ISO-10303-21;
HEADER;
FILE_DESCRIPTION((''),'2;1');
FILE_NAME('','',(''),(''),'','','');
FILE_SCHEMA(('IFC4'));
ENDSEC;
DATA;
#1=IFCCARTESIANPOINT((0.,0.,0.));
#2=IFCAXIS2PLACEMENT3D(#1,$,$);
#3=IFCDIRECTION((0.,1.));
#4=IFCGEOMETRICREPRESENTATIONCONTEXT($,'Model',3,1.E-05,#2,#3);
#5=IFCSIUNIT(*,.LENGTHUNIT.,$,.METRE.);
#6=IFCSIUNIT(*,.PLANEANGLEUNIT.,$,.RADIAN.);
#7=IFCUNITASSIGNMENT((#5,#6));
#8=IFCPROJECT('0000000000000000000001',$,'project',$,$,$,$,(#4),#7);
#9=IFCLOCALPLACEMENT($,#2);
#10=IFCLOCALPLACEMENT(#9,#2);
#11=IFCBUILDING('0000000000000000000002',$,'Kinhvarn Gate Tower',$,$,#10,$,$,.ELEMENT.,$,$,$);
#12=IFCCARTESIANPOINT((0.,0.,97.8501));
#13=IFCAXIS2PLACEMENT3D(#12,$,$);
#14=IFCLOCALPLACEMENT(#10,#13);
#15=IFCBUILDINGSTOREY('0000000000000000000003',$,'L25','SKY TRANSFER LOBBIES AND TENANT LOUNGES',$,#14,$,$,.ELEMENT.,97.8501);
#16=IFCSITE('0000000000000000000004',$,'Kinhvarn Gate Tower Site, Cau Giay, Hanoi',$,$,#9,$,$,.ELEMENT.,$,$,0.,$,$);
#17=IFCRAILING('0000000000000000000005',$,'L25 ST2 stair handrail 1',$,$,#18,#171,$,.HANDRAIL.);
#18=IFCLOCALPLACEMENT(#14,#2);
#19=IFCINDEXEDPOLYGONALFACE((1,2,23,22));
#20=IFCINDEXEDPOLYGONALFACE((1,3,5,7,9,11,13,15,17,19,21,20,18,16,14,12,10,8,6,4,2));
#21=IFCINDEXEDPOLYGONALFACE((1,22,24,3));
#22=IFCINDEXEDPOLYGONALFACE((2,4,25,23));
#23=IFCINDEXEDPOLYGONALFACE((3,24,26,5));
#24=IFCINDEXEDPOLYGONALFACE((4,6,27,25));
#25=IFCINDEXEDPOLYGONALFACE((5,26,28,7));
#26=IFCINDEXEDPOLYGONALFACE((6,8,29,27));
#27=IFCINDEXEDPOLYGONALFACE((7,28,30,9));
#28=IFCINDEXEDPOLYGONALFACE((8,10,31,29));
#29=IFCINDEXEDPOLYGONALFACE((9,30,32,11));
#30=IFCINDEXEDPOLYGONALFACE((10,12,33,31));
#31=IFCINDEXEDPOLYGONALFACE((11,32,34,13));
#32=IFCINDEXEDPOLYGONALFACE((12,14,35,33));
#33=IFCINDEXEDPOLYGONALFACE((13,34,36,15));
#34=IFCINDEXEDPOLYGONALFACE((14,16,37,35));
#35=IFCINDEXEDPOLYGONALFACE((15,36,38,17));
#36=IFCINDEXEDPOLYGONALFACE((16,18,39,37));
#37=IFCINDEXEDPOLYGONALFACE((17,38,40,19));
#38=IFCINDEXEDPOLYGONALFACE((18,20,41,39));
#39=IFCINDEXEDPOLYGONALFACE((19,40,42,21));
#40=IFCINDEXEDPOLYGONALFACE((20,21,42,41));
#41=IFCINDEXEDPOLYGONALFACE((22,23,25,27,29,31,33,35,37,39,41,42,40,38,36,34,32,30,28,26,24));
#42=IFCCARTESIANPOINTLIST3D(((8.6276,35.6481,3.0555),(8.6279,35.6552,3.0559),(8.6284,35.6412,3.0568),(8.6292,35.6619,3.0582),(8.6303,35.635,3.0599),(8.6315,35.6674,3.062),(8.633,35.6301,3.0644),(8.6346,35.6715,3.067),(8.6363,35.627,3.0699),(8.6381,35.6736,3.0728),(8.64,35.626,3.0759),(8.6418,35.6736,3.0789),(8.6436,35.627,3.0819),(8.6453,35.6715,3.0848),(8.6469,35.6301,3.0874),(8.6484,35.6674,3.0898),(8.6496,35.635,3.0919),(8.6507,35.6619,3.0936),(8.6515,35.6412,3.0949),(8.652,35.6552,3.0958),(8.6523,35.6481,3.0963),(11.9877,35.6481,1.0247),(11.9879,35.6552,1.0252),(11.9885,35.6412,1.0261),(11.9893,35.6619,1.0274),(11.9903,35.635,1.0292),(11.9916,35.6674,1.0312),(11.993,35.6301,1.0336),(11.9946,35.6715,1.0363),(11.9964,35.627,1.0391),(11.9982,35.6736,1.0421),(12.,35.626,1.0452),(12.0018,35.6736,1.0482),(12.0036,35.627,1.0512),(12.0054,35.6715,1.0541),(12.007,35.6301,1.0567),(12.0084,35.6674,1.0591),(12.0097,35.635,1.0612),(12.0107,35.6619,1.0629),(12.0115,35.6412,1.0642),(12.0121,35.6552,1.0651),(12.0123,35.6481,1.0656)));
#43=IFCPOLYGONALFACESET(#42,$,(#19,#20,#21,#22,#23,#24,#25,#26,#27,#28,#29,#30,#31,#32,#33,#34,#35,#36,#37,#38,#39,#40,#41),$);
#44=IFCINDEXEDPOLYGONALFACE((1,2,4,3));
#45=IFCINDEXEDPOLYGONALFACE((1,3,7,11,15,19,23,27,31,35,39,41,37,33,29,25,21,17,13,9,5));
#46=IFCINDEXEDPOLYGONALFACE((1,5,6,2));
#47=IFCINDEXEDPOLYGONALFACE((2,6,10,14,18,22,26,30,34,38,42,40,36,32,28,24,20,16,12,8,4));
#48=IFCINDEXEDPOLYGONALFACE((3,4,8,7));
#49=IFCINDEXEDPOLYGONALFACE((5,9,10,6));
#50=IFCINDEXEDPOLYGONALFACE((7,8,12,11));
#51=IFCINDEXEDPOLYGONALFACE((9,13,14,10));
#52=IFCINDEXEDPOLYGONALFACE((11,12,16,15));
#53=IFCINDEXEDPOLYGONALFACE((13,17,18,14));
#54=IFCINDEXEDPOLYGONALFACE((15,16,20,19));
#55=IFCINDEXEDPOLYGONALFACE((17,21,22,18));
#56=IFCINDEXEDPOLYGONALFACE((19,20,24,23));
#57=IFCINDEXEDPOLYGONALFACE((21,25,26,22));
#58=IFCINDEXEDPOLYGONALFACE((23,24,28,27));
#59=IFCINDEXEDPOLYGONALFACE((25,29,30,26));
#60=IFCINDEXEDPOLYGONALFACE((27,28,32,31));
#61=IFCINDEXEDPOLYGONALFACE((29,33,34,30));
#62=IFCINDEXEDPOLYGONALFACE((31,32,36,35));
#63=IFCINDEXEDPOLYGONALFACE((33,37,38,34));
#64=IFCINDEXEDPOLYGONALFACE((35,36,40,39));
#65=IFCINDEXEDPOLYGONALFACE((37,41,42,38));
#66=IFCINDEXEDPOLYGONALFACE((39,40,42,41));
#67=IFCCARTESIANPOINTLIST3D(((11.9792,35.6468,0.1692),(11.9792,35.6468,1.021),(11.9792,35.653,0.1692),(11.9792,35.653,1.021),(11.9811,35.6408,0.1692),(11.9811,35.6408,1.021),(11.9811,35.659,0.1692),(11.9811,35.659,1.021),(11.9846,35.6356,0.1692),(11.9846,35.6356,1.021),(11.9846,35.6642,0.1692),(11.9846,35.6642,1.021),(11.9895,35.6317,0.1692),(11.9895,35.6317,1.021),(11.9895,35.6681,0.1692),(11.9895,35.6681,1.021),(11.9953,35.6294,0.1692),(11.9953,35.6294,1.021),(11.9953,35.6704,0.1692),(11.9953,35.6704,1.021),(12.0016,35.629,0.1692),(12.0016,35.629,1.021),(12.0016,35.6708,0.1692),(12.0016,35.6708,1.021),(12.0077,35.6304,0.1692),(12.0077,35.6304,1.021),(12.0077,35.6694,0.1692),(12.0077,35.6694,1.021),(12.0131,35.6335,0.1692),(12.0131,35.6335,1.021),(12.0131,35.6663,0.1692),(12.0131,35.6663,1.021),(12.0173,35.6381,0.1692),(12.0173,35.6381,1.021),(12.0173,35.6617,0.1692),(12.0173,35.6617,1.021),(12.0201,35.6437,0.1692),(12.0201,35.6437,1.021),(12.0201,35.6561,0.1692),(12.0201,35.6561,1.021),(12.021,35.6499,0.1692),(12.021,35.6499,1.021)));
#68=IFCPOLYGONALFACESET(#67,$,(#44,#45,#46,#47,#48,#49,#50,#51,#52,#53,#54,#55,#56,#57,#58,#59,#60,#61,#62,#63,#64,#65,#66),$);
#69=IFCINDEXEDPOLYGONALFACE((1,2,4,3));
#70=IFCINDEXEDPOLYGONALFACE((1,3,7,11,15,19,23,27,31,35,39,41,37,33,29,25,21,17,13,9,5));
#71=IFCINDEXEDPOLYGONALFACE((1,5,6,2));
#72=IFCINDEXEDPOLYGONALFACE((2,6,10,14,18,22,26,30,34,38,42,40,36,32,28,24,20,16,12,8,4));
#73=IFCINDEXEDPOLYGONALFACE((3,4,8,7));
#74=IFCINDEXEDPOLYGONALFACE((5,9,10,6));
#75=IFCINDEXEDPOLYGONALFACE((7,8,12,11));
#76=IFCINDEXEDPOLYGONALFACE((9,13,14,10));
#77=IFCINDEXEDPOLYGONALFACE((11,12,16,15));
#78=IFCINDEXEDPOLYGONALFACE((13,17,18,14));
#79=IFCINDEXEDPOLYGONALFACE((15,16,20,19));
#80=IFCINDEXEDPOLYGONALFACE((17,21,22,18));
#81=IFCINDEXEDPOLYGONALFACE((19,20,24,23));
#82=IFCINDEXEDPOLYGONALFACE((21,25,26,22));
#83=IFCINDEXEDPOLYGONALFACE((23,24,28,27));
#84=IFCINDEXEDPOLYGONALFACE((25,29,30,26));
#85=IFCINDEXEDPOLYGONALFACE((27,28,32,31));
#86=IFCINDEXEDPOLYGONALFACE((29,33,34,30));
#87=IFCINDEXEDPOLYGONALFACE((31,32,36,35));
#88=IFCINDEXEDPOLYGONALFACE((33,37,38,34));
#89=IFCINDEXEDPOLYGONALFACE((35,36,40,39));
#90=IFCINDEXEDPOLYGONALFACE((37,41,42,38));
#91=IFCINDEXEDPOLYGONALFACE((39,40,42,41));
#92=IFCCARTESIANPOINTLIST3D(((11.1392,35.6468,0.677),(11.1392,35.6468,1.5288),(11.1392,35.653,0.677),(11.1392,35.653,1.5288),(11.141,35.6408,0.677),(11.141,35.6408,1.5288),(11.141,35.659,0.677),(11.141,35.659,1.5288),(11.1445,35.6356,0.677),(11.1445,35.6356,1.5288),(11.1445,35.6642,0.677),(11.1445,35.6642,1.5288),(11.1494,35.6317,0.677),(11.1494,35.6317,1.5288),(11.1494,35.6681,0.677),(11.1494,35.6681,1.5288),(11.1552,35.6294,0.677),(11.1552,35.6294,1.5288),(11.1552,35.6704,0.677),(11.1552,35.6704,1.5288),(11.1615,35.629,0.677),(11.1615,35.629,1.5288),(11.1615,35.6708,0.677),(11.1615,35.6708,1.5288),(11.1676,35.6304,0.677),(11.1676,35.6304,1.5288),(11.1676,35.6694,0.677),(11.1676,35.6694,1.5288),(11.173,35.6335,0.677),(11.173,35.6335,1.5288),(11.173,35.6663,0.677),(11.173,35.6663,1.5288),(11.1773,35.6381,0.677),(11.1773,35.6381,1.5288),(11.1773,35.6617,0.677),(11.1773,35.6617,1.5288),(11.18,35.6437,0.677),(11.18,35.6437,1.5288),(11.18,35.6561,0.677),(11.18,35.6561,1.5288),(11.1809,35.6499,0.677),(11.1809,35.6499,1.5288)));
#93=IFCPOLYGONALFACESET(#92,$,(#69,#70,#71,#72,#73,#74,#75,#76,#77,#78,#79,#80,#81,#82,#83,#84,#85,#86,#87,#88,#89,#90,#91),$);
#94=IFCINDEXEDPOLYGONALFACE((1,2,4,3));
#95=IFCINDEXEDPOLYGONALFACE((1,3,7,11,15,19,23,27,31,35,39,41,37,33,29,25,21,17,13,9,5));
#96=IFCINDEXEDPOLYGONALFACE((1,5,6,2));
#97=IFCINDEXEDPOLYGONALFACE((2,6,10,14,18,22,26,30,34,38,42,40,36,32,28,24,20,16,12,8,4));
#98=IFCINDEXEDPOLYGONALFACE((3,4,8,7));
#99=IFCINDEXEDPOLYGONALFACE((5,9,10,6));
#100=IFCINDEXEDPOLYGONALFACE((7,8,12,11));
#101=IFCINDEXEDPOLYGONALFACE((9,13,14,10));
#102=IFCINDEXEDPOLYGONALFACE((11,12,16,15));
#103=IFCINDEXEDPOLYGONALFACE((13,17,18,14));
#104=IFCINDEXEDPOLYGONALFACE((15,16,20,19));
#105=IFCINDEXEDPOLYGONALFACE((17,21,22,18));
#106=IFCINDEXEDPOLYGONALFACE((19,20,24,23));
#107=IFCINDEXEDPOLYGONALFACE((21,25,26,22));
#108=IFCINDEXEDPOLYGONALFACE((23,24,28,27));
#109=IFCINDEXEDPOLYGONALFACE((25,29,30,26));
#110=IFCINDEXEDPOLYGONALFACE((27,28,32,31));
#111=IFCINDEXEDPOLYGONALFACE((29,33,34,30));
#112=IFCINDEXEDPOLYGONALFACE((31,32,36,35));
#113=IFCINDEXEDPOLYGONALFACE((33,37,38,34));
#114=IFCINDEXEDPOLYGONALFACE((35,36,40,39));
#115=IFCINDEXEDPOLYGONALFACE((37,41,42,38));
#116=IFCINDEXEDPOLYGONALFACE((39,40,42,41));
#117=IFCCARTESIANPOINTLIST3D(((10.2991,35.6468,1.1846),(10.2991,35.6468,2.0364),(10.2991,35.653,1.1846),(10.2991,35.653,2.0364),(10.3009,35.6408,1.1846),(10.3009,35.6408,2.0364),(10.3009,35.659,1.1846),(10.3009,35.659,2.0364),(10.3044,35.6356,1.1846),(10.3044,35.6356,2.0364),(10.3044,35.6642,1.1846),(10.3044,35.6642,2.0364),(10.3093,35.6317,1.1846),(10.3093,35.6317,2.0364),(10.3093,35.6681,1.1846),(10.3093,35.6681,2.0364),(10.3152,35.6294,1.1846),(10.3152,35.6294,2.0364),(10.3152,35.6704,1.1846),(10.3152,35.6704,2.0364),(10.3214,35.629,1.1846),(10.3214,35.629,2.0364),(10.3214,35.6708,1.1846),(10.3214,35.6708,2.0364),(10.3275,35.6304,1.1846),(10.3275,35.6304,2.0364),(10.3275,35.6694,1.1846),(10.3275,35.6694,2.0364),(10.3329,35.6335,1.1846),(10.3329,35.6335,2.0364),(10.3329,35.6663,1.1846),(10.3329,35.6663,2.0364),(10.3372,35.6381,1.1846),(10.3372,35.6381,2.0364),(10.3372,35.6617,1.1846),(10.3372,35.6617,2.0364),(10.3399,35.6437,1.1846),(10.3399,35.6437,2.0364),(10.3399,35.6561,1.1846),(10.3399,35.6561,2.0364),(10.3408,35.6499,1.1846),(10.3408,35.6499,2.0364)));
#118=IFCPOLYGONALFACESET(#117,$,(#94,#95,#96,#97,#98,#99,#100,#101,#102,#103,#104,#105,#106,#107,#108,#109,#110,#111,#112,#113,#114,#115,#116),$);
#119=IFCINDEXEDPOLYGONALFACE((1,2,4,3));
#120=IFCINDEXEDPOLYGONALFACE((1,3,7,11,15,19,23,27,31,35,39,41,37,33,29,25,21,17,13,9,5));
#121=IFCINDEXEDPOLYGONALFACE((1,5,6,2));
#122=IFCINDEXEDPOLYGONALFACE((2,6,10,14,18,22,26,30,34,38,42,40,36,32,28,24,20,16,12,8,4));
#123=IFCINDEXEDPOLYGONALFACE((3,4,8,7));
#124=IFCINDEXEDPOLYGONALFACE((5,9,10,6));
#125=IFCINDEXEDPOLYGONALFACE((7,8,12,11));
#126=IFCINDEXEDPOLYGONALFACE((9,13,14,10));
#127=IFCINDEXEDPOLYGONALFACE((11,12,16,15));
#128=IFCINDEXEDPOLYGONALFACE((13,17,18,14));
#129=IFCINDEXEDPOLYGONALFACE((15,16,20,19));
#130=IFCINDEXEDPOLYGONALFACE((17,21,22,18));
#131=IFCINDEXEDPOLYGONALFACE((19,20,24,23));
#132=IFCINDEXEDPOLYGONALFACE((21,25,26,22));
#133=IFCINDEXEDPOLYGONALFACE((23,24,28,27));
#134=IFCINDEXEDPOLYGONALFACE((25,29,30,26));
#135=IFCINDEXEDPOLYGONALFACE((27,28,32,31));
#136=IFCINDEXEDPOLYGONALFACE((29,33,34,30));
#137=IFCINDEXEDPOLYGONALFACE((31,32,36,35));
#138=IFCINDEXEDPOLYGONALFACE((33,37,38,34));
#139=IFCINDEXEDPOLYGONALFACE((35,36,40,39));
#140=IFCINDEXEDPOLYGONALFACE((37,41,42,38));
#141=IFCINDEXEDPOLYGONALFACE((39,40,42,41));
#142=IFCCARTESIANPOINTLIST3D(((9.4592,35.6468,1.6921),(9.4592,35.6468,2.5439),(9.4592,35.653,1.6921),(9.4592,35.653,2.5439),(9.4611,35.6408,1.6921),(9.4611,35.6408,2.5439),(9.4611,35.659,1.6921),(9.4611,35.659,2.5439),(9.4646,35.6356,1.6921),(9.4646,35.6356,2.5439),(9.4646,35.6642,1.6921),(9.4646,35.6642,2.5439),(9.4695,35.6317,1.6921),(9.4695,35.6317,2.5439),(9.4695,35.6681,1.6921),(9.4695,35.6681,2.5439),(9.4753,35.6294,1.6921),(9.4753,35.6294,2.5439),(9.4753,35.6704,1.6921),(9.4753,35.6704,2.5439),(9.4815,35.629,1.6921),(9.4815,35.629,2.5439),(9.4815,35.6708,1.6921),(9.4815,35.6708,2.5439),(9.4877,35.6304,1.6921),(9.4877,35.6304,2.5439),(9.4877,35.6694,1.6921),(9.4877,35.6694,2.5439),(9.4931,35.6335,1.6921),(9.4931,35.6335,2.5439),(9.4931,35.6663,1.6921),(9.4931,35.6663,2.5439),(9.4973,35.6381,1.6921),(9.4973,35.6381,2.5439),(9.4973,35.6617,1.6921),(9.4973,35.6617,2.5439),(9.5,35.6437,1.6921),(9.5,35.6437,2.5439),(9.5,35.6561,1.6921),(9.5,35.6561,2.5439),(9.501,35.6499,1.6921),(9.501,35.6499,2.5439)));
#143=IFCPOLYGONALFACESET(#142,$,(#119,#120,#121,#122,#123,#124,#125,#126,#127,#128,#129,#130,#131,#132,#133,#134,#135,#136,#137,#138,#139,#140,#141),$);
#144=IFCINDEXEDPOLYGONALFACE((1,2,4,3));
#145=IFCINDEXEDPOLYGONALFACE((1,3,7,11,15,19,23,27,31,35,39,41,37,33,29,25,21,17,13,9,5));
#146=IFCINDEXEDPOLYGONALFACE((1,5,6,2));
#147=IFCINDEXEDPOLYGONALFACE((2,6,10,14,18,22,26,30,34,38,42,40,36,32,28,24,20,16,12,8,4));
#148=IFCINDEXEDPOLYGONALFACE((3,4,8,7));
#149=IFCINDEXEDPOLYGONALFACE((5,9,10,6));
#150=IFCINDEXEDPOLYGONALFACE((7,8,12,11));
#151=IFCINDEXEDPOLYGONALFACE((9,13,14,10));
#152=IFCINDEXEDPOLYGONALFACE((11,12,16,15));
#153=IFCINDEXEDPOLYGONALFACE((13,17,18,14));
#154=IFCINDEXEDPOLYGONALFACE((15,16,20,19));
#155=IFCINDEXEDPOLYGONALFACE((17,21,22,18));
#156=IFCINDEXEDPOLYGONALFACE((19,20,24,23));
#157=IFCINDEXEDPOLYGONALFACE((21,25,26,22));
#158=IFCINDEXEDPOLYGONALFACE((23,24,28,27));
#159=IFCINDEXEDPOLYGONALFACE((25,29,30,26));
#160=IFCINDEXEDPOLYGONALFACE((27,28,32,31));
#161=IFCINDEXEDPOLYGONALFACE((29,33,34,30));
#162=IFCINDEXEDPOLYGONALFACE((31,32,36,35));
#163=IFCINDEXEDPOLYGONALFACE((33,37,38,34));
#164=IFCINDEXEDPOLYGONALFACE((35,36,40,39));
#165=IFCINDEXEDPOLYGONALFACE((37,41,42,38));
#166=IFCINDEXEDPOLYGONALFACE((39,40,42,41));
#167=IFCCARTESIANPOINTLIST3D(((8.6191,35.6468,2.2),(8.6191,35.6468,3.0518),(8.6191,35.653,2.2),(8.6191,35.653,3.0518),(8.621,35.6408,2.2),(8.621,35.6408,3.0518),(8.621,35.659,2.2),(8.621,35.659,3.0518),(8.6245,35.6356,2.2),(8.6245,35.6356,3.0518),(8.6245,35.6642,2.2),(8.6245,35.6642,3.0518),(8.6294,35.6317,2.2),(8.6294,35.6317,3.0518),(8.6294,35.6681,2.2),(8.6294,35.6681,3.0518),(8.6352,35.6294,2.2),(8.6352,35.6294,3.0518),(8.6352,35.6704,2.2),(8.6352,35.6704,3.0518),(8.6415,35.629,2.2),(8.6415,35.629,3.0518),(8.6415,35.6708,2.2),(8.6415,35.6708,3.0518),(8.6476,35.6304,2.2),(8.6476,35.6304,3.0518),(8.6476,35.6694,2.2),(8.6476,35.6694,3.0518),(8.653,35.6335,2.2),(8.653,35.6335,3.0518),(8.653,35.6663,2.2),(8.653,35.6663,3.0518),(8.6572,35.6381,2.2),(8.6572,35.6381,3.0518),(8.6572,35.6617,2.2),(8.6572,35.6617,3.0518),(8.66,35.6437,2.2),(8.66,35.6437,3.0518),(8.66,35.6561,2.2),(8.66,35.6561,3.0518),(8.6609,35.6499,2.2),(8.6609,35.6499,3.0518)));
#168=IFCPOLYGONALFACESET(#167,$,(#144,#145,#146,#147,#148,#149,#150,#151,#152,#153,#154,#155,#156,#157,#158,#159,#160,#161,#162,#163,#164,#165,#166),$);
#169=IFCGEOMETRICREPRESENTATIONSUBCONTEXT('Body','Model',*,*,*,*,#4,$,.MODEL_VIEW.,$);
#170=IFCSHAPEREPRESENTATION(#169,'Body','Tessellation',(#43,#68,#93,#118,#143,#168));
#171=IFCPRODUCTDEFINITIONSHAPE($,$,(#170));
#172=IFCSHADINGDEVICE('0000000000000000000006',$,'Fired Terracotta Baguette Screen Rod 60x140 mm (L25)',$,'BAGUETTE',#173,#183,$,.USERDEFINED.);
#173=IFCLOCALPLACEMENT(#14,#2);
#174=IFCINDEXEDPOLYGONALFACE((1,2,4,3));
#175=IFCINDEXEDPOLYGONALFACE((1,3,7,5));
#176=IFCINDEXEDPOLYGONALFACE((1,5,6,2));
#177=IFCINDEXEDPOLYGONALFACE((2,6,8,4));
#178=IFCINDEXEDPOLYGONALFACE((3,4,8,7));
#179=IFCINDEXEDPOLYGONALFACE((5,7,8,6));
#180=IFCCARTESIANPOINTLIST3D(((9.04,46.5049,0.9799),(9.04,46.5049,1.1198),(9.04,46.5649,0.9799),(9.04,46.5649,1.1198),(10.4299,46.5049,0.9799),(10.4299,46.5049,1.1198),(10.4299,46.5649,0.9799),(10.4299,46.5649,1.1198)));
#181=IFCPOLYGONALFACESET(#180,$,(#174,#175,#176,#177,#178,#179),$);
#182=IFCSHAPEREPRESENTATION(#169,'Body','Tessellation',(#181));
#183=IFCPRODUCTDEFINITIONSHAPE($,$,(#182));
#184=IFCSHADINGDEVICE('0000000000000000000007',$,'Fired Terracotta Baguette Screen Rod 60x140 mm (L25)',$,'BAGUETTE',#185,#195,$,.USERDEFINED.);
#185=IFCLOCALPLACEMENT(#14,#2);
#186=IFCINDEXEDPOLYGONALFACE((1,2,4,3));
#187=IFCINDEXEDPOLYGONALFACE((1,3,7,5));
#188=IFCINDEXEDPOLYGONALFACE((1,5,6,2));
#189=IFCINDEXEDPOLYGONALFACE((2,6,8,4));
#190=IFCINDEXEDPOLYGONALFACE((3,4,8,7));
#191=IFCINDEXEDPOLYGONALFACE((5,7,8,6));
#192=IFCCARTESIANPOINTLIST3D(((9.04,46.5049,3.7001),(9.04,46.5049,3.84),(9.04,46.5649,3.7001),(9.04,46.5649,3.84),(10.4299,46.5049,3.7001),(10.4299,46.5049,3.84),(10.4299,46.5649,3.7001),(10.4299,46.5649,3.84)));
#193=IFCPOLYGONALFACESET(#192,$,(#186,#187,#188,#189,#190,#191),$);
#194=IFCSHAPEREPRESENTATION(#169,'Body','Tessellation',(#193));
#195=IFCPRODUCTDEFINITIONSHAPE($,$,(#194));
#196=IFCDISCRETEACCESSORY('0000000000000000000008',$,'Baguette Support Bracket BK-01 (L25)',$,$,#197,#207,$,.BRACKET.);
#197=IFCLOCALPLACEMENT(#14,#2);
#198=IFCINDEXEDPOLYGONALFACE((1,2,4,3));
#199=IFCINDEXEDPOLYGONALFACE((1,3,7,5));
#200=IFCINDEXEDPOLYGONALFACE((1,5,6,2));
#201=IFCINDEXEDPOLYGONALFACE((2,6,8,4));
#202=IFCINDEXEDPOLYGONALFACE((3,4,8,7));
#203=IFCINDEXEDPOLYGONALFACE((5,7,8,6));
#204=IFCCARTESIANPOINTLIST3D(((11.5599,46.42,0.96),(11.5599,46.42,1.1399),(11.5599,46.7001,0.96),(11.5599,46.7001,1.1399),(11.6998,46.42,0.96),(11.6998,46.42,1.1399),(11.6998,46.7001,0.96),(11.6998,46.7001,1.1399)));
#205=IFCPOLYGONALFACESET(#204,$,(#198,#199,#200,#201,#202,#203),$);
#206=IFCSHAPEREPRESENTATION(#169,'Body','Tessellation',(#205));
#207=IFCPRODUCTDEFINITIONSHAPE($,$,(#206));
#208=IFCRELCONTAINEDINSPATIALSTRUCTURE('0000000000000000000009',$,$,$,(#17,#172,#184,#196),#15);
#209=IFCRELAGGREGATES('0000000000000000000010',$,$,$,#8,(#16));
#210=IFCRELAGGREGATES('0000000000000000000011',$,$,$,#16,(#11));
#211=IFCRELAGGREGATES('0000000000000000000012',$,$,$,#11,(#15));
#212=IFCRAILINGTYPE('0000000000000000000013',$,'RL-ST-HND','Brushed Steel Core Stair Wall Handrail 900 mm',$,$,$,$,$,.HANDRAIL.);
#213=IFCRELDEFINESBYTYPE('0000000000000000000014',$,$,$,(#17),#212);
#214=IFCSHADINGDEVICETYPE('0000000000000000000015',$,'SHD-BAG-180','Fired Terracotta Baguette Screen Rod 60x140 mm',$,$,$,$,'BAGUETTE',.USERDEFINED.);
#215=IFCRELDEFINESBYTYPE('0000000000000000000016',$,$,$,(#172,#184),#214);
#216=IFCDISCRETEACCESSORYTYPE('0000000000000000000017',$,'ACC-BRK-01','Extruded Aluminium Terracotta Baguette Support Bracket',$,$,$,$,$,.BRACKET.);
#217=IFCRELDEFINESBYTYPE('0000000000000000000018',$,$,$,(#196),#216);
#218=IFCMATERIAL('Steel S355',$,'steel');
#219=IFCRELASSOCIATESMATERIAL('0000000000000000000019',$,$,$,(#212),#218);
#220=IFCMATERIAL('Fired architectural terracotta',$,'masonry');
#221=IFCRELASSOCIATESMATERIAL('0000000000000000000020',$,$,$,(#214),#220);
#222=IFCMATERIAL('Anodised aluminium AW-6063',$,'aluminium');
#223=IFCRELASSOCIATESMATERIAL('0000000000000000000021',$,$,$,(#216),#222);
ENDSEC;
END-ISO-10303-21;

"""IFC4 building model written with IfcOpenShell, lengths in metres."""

from ifc_helpers import new_model, si_unit, direction, frame, origin, origin_2d, place, context, subcontext, project, spatial, rectangle, circle, extrude, material, material_profile, profile_set, type_object, element, save


model = new_model("IFC4")

# Units and contexts
model_context = context("Model", 3, precision=1e-05, world=origin(), true_north=direction((0.0, 1.0)))
body_context = subcontext(model_context, "Body", "Model", "MODEL_VIEW")
ifc_project = project(units=[si_unit("LENGTHUNIT", "METRE"), si_unit("PLANEANGLEUNIT", "RADIAN")], contexts=[model_context])

# Site, building, storey
site_placement = place(None, origin())
site = spatial("IfcSite", under=ifc_project, at=site_placement, Name="Kinhvarn Gate Tower Site, Cau Giay, Hanoi", CompositionType="ELEMENT", RefElevation=0.0)
building_placement = place(site_placement, origin())
building = spatial("IfcBuilding", under=site, at=building_placement, Name="Kinhvarn Gate Tower", CompositionType="ELEMENT")
storey_placement = place(building_placement, frame((0.0, 0.0, 97.8501)))
storey = spatial("IfcBuildingStorey", under=building, at=storey_placement, Name="L25", Description="SKY TRANSFER LOBBIES AND TENANT LOUNGES", CompositionType="ELEMENT", Elevation=97.8501)

# Shared definitions
ifc_material_1 = material(Name="Anodised aluminium AW-6063", Category="aluminium")

# Shared definitions
ifc_material_2 = material(Name="Steel S355", Category="steel")

# Railing
railing_type_1 = type_object("IfcRailingType", Name="RL-ST-HND", Description="Brushed Steel Core Stair Wall Handrail 900 mm", PredefinedType="HANDRAIL", material=ifc_material_2)
railing_1_placement = place(storey_placement, frame((12.0, 35.6499, 0.1692)))
element("IfcRailing", 1, at=railing_1_placement, inside=storey, type_object=railing_type_1, Name="L25 ST2 stair handrail 1", PredefinedType="HANDRAIL", context=body_context, shape_type="SweptSolid", body=[
    extrude(circle(Radius=0.0239, at=origin_2d()), frame((0.0, 0.0, 0.876), z_axis=(-0.855837, 0.0, 0.517246), x_axis=(0.0, -1.0, 0.0)), (0.0, 0.0, 1.0), 3.926),
    extrude(circle(Radius=0.021, at=origin_2d()), origin(), (0.0, 0.0, 1.0), 0.8518),
    extrude(circle(Radius=0.021, at=origin_2d()), frame((-0.8401, 0.0, 0.5078)), (0.0, 0.0, 1.0), 0.8518),
    extrude(circle(Radius=0.021, at=origin_2d()), frame((-1.6802, 0.0, 1.0154)), (0.0, 0.0, 1.0), 0.8518),
    extrude(circle(Radius=0.021, at=origin_2d()), frame((-2.52, 0.0, 1.5229)), (0.0, 0.0, 1.0), 0.8518),
    extrude(circle(Radius=0.021, at=origin_2d()), frame((-3.3601, 0.0, 2.0308)), (0.0, 0.0, 1.0), 0.8518),
])

# Shading devices
ifc_material_3 = material(Name="Fired architectural terracotta", Category="masonry")
ifc_material_profile_1 = material_profile(ifc_material_3, rectangle(XDim=0.0601, YDim=0.1399, at=origin_2d()), Name="TC 60x140")
ifc_profile_set_1 = profile_set([ifc_material_profile_1], Name="Fired architectural terracotta")
shading_device_type = type_object("IfcShadingDeviceType", Name="SHD-BAG-180", Description="Fired Terracotta Baguette Screen Rod 60x140 mm", ElementType="BAGUETTE", PredefinedType="USERDEFINED", material=ifc_profile_set_1)
for number, where, z_axis, x_axis, name in (
    (2, (10.4299, 46.5349, 1.0498), (-1.0, 0.0, 0.0), (0.0, -1.0, 0.0), "Fired Terracotta Baguette Screen Rod 60x140 mm (L25)"),
    (3, (10.4299, 46.5349, 3.77), (-1.0, 0.0, 0.0), (0.0, -1.0, 0.0), "Fired Terracotta Baguette Screen Rod 60x140 mm (L25)"),
):
    element("IfcShadingDevice", number, at=place(storey_placement, frame(where, z_axis=z_axis, x_axis=x_axis)), inside=storey, type_object=shading_device_type, Name=name, ObjectType="BAGUETTE", PredefinedType="USERDEFINED", context=body_context, shape_type="SweptSolid", body=[
        extrude(rectangle(XDim=0.0601, YDim=0.1399, at=origin_2d()), origin(), (0.0, 0.0, 1.0), 1.3899),
    ])

# Discrete accessory
discrete_accessory_type = type_object("IfcDiscreteAccessoryType", Name="ACC-BRK-01", Description="Extruded Aluminium Terracotta Baguette Support Bracket", PredefinedType="BRACKET", material=ifc_material_1)
for number, where, z_axis, x_axis, name in (
    (4, (11.6299, 46.5601, 0.96), (0.0, 0.0, 1.0), (-1.0, 0.0, 0.0), "Baguette Support Bracket BK-01 (L25)"),
):
    element("IfcDiscreteAccessory", number, at=place(storey_placement, frame(where, z_axis=z_axis, x_axis=x_axis)), inside=storey, type_object=discrete_accessory_type, Name=name, PredefinedType="BRACKET", context=body_context, shape_type="SweptSolid", body=[
        extrude(rectangle(XDim=0.1399, YDim=0.28, at=origin_2d()), origin(), (0.0, 0.0, 1.0), 0.1799),
    ])

save(model, "model.ifc")
